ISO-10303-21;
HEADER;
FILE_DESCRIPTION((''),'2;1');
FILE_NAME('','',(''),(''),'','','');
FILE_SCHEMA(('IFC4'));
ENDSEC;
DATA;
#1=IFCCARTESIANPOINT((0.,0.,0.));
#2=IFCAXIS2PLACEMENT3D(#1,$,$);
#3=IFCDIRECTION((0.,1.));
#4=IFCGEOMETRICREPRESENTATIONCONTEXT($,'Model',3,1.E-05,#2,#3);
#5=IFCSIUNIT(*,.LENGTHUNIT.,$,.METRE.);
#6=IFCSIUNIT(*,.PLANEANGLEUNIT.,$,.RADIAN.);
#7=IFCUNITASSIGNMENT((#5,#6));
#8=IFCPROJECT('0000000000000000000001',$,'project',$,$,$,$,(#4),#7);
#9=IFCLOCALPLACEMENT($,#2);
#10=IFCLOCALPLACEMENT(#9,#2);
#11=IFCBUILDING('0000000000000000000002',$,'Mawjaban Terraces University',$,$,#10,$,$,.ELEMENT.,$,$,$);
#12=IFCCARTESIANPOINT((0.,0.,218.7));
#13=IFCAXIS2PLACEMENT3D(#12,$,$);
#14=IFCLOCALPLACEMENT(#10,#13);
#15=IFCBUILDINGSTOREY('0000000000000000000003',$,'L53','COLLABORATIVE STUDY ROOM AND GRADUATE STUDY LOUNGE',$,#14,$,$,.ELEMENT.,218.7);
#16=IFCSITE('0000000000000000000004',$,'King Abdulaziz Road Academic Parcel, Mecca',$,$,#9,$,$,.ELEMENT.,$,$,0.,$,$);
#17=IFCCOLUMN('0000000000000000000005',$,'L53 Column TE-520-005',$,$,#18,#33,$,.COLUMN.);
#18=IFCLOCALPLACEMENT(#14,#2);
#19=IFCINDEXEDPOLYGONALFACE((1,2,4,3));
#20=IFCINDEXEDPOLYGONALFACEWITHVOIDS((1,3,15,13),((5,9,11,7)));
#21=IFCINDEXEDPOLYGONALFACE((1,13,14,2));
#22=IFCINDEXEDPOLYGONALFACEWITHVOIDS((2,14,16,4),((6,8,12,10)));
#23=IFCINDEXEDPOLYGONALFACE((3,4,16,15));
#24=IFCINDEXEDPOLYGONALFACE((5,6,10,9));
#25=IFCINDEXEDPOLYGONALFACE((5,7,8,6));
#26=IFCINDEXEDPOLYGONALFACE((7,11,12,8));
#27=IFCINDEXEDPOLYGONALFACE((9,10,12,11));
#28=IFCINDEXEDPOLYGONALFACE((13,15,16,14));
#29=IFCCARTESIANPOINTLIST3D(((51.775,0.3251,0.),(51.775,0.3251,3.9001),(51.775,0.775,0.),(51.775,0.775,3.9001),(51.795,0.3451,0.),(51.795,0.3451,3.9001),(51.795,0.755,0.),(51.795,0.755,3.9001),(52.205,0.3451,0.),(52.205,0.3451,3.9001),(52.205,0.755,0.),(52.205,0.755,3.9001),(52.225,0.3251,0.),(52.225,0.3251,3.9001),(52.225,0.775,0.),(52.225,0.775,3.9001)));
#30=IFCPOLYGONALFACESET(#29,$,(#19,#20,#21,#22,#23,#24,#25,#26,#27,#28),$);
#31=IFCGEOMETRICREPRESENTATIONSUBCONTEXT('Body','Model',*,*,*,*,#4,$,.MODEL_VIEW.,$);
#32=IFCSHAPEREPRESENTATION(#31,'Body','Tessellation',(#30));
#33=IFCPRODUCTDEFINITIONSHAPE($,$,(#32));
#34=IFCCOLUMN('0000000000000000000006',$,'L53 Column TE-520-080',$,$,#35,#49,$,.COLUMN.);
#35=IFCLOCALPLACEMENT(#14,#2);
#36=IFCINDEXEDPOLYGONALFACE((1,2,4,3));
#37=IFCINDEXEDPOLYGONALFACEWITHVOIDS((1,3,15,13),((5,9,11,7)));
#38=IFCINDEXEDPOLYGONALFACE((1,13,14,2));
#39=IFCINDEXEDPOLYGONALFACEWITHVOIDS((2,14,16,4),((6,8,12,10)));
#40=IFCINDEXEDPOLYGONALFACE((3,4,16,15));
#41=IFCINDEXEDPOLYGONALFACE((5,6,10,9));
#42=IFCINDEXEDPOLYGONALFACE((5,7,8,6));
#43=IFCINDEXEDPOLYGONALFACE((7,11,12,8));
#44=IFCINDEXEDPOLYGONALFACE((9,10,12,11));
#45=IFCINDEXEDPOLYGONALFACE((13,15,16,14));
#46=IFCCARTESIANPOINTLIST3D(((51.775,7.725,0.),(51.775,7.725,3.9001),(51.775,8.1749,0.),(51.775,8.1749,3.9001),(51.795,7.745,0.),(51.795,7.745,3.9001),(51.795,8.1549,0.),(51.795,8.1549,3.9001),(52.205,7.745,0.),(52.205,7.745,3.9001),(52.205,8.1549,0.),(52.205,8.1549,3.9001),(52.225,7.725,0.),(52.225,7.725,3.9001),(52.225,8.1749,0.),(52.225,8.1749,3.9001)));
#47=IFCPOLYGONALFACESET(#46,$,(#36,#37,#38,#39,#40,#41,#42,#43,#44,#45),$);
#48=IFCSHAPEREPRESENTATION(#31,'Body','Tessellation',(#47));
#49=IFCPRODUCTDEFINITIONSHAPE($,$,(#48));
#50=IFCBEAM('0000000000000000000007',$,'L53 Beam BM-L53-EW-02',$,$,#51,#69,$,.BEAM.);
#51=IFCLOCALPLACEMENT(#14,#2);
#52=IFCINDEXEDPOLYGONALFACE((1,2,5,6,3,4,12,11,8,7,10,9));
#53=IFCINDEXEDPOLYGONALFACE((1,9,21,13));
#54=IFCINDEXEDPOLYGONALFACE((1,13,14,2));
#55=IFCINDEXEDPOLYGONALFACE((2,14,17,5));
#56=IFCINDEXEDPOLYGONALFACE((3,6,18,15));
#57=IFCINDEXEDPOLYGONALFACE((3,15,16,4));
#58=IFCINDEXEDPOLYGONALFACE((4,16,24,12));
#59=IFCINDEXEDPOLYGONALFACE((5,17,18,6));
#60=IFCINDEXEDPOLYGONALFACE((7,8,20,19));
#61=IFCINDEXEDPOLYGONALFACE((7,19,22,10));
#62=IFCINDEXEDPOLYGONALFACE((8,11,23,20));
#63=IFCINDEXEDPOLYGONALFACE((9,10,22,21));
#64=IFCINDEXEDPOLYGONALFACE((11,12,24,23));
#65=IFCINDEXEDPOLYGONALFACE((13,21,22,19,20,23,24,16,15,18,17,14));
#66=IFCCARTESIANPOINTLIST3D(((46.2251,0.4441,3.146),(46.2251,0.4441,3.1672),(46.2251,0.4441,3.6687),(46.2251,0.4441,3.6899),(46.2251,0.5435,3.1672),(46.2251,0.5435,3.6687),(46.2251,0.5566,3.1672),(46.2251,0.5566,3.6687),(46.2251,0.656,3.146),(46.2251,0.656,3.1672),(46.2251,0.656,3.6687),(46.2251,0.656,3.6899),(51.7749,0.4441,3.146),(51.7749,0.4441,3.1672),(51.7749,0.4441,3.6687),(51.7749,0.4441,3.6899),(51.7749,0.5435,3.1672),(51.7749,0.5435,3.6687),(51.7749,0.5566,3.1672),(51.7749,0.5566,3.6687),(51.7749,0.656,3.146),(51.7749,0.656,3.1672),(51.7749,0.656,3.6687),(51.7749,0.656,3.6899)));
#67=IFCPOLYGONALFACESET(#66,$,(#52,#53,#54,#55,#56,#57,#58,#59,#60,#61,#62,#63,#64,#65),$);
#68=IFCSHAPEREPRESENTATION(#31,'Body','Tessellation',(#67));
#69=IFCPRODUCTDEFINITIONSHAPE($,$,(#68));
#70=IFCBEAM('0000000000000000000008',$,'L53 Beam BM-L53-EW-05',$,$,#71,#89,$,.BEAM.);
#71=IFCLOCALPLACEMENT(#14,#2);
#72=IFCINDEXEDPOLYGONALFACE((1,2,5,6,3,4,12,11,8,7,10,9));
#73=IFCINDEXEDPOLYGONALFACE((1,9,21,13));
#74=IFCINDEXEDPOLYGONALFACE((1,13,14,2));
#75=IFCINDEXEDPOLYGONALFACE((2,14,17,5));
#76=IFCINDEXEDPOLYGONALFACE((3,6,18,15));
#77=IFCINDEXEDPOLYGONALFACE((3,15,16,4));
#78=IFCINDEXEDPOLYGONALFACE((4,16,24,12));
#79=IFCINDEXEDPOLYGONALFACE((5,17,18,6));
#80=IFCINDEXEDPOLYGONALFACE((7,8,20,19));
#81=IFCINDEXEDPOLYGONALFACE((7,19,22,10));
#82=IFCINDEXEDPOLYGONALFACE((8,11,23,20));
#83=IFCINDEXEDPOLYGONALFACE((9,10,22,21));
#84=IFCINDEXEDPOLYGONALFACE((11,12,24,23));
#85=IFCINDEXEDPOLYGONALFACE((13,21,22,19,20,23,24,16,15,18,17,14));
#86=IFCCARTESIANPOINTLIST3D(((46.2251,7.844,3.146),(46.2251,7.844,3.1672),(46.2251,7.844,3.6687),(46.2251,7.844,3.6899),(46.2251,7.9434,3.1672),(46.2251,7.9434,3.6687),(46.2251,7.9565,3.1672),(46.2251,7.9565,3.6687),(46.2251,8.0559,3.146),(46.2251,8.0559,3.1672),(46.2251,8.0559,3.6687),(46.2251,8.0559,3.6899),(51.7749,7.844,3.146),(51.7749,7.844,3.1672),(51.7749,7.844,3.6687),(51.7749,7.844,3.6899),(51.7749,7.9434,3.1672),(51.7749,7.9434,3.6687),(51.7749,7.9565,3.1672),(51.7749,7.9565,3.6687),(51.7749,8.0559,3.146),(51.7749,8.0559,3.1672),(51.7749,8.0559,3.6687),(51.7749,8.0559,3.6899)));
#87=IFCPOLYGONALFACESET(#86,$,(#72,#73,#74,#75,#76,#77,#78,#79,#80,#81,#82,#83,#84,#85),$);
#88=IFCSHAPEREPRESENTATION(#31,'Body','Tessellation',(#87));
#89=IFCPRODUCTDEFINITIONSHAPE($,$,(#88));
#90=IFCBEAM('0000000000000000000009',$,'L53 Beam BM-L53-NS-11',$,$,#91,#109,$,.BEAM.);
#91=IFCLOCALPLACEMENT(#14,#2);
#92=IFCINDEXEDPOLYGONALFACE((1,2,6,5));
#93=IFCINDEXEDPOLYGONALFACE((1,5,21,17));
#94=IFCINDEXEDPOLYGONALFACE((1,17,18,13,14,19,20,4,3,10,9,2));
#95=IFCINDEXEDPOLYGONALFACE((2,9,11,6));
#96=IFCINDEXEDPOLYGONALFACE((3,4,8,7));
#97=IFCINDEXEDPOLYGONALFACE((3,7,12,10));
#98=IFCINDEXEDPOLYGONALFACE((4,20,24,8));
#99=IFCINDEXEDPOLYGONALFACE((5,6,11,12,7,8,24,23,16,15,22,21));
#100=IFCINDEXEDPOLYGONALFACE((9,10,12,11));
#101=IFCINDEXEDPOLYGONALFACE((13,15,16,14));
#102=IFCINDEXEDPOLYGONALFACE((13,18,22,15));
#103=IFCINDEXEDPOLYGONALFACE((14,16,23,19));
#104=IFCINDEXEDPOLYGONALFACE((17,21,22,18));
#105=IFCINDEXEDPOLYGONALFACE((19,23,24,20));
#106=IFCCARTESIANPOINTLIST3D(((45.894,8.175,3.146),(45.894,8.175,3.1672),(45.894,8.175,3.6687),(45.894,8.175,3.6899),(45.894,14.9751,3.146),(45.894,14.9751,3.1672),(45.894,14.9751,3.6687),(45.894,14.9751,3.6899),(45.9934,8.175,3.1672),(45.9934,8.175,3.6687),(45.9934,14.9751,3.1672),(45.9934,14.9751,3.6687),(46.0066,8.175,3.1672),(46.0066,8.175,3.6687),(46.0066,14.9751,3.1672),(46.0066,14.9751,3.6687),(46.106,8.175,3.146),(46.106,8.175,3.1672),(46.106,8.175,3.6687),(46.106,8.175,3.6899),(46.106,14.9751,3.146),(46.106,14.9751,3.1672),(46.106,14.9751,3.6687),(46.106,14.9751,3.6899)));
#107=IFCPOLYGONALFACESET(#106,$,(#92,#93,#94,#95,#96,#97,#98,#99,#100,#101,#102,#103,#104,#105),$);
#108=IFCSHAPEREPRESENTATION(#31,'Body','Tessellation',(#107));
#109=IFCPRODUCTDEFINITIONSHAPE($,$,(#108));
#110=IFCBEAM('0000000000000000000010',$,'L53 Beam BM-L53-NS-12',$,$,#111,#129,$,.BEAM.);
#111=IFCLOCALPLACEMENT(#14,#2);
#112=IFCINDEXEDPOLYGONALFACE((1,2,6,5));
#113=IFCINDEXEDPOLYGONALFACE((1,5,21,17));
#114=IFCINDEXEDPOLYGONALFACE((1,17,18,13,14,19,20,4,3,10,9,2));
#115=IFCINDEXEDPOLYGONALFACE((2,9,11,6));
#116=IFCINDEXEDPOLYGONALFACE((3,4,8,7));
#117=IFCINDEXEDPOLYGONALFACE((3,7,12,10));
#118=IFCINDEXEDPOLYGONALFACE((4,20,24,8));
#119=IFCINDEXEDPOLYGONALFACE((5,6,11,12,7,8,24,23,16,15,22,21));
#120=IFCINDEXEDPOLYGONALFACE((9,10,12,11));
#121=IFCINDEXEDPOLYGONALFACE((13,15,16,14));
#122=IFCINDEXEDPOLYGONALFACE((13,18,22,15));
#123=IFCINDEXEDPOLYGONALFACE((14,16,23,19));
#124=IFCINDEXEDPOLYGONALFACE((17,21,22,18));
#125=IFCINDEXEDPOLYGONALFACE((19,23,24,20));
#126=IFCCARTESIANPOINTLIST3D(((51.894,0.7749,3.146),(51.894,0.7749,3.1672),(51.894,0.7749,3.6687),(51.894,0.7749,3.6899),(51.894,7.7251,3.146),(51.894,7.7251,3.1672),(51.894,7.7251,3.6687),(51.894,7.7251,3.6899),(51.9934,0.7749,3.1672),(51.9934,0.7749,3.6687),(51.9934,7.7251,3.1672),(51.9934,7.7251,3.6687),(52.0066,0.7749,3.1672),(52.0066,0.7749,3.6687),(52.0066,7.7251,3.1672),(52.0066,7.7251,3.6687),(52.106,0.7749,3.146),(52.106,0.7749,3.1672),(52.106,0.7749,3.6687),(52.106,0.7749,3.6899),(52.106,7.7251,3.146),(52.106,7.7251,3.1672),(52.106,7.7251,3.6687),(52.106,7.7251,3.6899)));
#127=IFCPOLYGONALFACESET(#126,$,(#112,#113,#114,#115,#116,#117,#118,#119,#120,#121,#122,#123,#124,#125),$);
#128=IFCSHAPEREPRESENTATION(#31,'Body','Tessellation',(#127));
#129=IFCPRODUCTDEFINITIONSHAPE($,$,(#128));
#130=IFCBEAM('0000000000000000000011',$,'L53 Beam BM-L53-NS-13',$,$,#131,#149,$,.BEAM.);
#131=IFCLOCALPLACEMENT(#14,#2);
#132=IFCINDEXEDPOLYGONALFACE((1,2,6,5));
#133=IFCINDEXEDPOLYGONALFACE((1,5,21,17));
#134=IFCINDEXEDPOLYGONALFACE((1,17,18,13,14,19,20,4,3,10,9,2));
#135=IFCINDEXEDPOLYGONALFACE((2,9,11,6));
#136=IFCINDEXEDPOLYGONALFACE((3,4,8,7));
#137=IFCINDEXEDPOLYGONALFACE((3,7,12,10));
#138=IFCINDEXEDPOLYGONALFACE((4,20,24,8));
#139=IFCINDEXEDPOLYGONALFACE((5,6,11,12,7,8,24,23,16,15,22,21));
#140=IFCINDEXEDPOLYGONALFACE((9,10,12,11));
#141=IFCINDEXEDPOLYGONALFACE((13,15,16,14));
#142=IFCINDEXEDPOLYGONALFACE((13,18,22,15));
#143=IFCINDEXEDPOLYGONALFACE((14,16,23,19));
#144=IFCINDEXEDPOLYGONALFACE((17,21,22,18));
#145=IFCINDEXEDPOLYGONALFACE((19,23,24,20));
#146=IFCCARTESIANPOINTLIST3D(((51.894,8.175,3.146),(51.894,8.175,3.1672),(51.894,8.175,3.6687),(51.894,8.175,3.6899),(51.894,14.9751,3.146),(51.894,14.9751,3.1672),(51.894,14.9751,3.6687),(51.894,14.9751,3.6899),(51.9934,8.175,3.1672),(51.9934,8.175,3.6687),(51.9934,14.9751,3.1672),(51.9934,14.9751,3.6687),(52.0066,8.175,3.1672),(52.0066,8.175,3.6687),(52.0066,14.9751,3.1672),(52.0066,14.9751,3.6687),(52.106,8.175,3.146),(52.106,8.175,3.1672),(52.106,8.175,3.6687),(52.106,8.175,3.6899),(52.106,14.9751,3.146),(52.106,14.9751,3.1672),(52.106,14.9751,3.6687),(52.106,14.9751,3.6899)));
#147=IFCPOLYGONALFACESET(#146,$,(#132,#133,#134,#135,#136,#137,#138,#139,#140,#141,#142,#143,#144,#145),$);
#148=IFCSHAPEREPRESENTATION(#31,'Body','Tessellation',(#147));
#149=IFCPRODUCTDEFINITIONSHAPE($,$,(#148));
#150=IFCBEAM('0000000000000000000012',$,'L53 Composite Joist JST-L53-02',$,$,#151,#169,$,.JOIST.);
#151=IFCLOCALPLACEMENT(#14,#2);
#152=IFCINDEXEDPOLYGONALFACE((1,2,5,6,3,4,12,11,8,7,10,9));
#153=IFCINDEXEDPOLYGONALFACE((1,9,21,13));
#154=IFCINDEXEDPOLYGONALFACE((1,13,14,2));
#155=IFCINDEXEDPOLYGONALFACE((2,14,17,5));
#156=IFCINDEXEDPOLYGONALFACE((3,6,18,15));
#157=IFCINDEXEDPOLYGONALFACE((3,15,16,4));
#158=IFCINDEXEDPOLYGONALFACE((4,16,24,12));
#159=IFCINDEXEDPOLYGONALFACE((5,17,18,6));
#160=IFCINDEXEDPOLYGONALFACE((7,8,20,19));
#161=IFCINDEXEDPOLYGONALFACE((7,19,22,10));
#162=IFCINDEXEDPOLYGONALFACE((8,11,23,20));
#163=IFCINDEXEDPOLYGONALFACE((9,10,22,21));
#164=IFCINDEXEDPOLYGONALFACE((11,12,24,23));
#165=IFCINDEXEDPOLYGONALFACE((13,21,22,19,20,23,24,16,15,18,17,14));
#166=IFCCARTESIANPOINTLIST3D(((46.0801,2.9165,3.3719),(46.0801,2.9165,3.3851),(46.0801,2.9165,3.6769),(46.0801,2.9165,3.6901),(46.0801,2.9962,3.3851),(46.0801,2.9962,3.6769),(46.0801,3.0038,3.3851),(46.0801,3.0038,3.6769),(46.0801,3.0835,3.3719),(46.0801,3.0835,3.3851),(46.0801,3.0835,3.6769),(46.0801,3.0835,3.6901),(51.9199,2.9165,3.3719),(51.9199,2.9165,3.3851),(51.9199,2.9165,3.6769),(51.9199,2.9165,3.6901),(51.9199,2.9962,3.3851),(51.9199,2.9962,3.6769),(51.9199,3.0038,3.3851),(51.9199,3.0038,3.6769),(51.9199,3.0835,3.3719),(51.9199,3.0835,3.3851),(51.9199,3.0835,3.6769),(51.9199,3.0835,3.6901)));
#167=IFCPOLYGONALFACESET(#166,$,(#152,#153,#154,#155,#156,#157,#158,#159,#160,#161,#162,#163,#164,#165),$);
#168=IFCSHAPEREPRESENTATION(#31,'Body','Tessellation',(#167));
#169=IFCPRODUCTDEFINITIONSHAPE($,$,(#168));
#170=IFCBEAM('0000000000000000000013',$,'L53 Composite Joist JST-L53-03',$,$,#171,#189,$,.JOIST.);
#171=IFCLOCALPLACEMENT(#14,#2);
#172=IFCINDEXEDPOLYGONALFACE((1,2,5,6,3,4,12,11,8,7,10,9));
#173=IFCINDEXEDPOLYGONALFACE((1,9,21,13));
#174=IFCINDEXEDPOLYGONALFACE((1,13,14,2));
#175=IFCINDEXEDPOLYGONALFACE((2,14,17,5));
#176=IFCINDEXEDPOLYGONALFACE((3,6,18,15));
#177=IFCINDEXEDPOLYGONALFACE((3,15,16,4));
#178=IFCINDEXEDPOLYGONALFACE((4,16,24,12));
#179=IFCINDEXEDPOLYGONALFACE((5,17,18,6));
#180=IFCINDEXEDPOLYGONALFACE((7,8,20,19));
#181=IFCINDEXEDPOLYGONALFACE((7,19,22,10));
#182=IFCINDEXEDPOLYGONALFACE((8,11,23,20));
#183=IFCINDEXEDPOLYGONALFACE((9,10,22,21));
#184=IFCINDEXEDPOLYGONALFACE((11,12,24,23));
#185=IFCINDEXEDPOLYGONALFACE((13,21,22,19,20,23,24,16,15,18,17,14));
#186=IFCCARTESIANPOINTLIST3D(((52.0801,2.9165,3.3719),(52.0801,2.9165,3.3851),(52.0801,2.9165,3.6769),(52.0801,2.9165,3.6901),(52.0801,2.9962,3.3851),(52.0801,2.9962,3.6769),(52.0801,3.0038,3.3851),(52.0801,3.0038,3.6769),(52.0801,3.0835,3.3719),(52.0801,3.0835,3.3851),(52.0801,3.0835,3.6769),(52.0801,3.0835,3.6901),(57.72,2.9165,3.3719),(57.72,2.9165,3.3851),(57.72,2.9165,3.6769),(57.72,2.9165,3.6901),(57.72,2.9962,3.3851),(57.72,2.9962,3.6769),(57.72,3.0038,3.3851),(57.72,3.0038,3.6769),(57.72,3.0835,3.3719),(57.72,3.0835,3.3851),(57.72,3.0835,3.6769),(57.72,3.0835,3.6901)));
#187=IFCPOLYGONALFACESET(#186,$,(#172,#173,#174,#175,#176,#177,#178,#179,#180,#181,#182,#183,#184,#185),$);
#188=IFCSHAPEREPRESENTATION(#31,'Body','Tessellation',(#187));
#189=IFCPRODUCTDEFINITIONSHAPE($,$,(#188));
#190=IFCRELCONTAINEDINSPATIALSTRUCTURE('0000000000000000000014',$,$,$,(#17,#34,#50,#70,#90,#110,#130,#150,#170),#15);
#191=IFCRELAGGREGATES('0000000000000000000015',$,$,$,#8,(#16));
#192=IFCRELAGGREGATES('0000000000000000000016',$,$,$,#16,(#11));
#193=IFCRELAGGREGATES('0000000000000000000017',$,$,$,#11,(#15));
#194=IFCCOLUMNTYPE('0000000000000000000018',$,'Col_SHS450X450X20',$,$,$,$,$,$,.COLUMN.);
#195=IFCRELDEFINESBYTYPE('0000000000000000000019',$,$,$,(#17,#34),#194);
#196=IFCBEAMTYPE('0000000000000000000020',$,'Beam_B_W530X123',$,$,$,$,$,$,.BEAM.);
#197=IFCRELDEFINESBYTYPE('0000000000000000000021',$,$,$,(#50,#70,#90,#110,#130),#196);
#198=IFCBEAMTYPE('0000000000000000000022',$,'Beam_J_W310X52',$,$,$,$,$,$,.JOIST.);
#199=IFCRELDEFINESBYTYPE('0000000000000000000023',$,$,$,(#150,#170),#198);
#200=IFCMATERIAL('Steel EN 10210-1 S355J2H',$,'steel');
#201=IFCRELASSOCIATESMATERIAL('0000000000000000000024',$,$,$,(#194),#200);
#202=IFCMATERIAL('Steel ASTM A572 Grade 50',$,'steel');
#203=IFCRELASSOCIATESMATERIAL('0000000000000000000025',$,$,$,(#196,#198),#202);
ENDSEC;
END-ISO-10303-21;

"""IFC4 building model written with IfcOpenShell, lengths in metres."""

from ifc_helpers import new_model, si_unit, direction, frame, origin, origin_2d, place, context, subcontext, project, spatial, hollow_rectangle, i_section, extrude, material, material_profile, profile_set, type_object, element, save


model = new_model("IFC4")

# Units and contexts
model_context = context("Model", 3, precision=1e-05, world=origin(), true_north=direction((0.0, 1.0)))
body_context = subcontext(model_context, "Body", "Model", "MODEL_VIEW")
ifc_project = project(units=[si_unit("LENGTHUNIT", "METRE"), si_unit("PLANEANGLEUNIT", "RADIAN")], contexts=[model_context])

# Site, building, storey
site_placement = place(None, origin())
site = spatial("IfcSite", under=ifc_project, at=site_placement, Name="King Abdulaziz Road Academic Parcel, Mecca", CompositionType="ELEMENT", RefElevation=0.0)
building_placement = place(site_placement, origin())
building = spatial("IfcBuilding", under=site, at=building_placement, Name="Mawjaban Terraces University", CompositionType="ELEMENT")
storey_placement = place(building_placement, frame((0.0, 0.0, 218.7)))
storey = spatial("IfcBuildingStorey", under=building, at=storey_placement, Name="L53", Description="COLLABORATIVE STUDY ROOM AND GRADUATE STUDY LOUNGE", CompositionType="ELEMENT", Elevation=218.7)

# Columns
ifc_material_1 = material(Name="Steel EN 10210-1 S355J2H", Category="steel")
ifc_material_profile_1 = material_profile(ifc_material_1, hollow_rectangle(XDim=0.45, YDim=0.45, WallThickness=0.02, at=origin_2d()), Name="SHS450X450X20")
ifc_profile_set_1 = profile_set([ifc_material_profile_1], Name="Steel EN 10210-1 S355J2H")
column_type = type_object("IfcColumnType", Name="Col_SHS450X450X20", PredefinedType="COLUMN", material=ifc_profile_set_1)
for number, where, z_axis, x_axis, name in (
    (1, (52.0, 0.55, 0.0), (0.0, 0.0, 1.0), (1.0, 0.0, 0.0), "L53 Column TE-520-005"),
    (2, (52.0, 7.95, 0.0), (0.0, 0.0, 1.0), (1.0, 0.0, 0.0), "L53 Column TE-520-080"),
):
    element("IfcColumn", number, at=place(storey_placement, frame(where, z_axis=z_axis, x_axis=x_axis)), inside=storey, type_object=column_type, Name=name, PredefinedType="COLUMN", context=body_context, shape_type="SweptSolid", body=[
        extrude(hollow_rectangle(XDim=0.45, YDim=0.45, WallThickness=0.02, at=origin_2d()), origin(), (0.0, 0.0, 1.0), 3.9001),
    ])

# Beams
ifc_material_2 = material(Name="Steel ASTM A572 Grade 50", Category="steel")
ifc_material_profile_2 = material_profile(ifc_material_2, i_section(OverallWidth=0.2119, OverallDepth=0.5439, WebThickness=0.0132, FlangeThickness=0.0212, at=origin_2d()), Name="W530X123")
ifc_profile_set_2 = profile_set([ifc_material_profile_2], Name="Steel ASTM A572 Grade 50")
beam_type_1 = type_object("IfcBeamType", Name="Beam_B_W530X123", PredefinedType="BEAM", material=ifc_profile_set_2)
for number, where, z_axis, x_axis, name in (
    (3, (46.2251, 0.55, 3.418), (1.0, 0.0, 0.0), (0.0, 1.0, 0.0), "L53 Beam BM-L53-EW-02"),
    (4, (46.2251, 7.95, 3.418), (1.0, 0.0, 0.0), (0.0, 1.0, 0.0), "L53 Beam BM-L53-EW-05"),
):
    element("IfcBeam", number, at=place(storey_placement, frame(where, z_axis=z_axis, x_axis=x_axis)), inside=storey, type_object=beam_type_1, Name=name, PredefinedType="BEAM", context=body_context, shape_type="SweptSolid", body=[
        extrude(i_section(OverallWidth=0.2119, OverallDepth=0.5439, WebThickness=0.0132, FlangeThickness=0.0212, at=origin_2d()), origin(), (0.0, 0.0, 1.0), 5.5498),
    ])
beam_1_placement = place(storey_placement, frame((46.0, 8.175, 3.418), z_axis=(0.0, 1.0, 0.0), x_axis=(-1.0, 0.0, 0.0)))
element("IfcBeam", 5, at=beam_1_placement, inside=storey, type_object=beam_type_1, Name="L53 Beam BM-L53-NS-11", PredefinedType="BEAM", context=body_context, shape_type="SweptSolid", body=[
    extrude(i_section(OverallWidth=0.2119, OverallDepth=0.5439, WebThickness=0.0132, FlangeThickness=0.0212, at=origin_2d()), origin(), (0.0, 0.0, 1.0), 6.8),
])
beam_2_placement = place(storey_placement, frame((52.0, 0.7749, 3.418), z_axis=(0.0, 1.0, 0.0), x_axis=(-1.0, 0.0, 0.0)))
element("IfcBeam", 6, at=beam_2_placement, inside=storey, type_object=beam_type_1, Name="L53 Beam BM-L53-NS-12", PredefinedType="BEAM", context=body_context, shape_type="SweptSolid", body=[
    extrude(i_section(OverallWidth=0.2119, OverallDepth=0.5439, WebThickness=0.0132, FlangeThickness=0.0212, at=origin_2d()), origin(), (0.0, 0.0, 1.0), 6.9502),
])
beam_3_placement = place(storey_placement, frame((52.0, 8.175, 3.418), z_axis=(0.0, 1.0, 0.0), x_axis=(-1.0, 0.0, 0.0)))
element("IfcBeam", 7, at=beam_3_placement, inside=storey, type_object=beam_type_1, Name="L53 Beam BM-L53-NS-13", PredefinedType="BEAM", context=body_context, shape_type="SweptSolid", body=[
    extrude(i_section(OverallWidth=0.2119, OverallDepth=0.5439, WebThickness=0.0132, FlangeThickness=0.0212, at=origin_2d()), origin(), (0.0, 0.0, 1.0), 6.8),
])
ifc_material_profile_3 = material_profile(ifc_material_2, i_section(OverallWidth=0.167, OverallDepth=0.3181, WebThickness=0.0076, FlangeThickness=0.0132, at=origin_2d()), Name="W310X52")
ifc_profile_set_3 = profile_set([ifc_material_profile_3], Name="Steel ASTM A572 Grade 50")
beam_type_2 = type_object("IfcBeamType", Name="Beam_J_W310X52", PredefinedType="JOIST", material=ifc_profile_set_3)
beam_4_placement = place(storey_placement, frame((46.0801, 3.0, 3.531), z_axis=(1.0, 0.0, 0.0), x_axis=(0.0, 1.0, 0.0)))
element("IfcBeam", 8, at=beam_4_placement, inside=storey, type_object=beam_type_2, Name="L53 Composite Joist JST-L53-02", PredefinedType="JOIST", context=body_context, shape_type="SweptSolid", body=[
    extrude(i_section(OverallWidth=0.167, OverallDepth=0.3181, WebThickness=0.0076, FlangeThickness=0.0132, at=origin_2d()), origin(), (0.0, 0.0, 1.0), 5.8398),
])
beam_5_placement = place(storey_placement, frame((52.0801, 3.0, 3.531), z_axis=(1.0, 0.0, 0.0), x_axis=(0.0, 1.0, 0.0)))
element("IfcBeam", 9, at=beam_5_placement, inside=storey, type_object=beam_type_2, Name="L53 Composite Joist JST-L53-03", PredefinedType="JOIST", context=body_context, shape_type="SweptSolid", body=[
    extrude(i_section(OverallWidth=0.167, OverallDepth=0.3181, WebThickness=0.0076, FlangeThickness=0.0132, at=origin_2d()), origin(), (0.0, 0.0, 1.0), 5.6399),
])

save(model, "model.ifc")
